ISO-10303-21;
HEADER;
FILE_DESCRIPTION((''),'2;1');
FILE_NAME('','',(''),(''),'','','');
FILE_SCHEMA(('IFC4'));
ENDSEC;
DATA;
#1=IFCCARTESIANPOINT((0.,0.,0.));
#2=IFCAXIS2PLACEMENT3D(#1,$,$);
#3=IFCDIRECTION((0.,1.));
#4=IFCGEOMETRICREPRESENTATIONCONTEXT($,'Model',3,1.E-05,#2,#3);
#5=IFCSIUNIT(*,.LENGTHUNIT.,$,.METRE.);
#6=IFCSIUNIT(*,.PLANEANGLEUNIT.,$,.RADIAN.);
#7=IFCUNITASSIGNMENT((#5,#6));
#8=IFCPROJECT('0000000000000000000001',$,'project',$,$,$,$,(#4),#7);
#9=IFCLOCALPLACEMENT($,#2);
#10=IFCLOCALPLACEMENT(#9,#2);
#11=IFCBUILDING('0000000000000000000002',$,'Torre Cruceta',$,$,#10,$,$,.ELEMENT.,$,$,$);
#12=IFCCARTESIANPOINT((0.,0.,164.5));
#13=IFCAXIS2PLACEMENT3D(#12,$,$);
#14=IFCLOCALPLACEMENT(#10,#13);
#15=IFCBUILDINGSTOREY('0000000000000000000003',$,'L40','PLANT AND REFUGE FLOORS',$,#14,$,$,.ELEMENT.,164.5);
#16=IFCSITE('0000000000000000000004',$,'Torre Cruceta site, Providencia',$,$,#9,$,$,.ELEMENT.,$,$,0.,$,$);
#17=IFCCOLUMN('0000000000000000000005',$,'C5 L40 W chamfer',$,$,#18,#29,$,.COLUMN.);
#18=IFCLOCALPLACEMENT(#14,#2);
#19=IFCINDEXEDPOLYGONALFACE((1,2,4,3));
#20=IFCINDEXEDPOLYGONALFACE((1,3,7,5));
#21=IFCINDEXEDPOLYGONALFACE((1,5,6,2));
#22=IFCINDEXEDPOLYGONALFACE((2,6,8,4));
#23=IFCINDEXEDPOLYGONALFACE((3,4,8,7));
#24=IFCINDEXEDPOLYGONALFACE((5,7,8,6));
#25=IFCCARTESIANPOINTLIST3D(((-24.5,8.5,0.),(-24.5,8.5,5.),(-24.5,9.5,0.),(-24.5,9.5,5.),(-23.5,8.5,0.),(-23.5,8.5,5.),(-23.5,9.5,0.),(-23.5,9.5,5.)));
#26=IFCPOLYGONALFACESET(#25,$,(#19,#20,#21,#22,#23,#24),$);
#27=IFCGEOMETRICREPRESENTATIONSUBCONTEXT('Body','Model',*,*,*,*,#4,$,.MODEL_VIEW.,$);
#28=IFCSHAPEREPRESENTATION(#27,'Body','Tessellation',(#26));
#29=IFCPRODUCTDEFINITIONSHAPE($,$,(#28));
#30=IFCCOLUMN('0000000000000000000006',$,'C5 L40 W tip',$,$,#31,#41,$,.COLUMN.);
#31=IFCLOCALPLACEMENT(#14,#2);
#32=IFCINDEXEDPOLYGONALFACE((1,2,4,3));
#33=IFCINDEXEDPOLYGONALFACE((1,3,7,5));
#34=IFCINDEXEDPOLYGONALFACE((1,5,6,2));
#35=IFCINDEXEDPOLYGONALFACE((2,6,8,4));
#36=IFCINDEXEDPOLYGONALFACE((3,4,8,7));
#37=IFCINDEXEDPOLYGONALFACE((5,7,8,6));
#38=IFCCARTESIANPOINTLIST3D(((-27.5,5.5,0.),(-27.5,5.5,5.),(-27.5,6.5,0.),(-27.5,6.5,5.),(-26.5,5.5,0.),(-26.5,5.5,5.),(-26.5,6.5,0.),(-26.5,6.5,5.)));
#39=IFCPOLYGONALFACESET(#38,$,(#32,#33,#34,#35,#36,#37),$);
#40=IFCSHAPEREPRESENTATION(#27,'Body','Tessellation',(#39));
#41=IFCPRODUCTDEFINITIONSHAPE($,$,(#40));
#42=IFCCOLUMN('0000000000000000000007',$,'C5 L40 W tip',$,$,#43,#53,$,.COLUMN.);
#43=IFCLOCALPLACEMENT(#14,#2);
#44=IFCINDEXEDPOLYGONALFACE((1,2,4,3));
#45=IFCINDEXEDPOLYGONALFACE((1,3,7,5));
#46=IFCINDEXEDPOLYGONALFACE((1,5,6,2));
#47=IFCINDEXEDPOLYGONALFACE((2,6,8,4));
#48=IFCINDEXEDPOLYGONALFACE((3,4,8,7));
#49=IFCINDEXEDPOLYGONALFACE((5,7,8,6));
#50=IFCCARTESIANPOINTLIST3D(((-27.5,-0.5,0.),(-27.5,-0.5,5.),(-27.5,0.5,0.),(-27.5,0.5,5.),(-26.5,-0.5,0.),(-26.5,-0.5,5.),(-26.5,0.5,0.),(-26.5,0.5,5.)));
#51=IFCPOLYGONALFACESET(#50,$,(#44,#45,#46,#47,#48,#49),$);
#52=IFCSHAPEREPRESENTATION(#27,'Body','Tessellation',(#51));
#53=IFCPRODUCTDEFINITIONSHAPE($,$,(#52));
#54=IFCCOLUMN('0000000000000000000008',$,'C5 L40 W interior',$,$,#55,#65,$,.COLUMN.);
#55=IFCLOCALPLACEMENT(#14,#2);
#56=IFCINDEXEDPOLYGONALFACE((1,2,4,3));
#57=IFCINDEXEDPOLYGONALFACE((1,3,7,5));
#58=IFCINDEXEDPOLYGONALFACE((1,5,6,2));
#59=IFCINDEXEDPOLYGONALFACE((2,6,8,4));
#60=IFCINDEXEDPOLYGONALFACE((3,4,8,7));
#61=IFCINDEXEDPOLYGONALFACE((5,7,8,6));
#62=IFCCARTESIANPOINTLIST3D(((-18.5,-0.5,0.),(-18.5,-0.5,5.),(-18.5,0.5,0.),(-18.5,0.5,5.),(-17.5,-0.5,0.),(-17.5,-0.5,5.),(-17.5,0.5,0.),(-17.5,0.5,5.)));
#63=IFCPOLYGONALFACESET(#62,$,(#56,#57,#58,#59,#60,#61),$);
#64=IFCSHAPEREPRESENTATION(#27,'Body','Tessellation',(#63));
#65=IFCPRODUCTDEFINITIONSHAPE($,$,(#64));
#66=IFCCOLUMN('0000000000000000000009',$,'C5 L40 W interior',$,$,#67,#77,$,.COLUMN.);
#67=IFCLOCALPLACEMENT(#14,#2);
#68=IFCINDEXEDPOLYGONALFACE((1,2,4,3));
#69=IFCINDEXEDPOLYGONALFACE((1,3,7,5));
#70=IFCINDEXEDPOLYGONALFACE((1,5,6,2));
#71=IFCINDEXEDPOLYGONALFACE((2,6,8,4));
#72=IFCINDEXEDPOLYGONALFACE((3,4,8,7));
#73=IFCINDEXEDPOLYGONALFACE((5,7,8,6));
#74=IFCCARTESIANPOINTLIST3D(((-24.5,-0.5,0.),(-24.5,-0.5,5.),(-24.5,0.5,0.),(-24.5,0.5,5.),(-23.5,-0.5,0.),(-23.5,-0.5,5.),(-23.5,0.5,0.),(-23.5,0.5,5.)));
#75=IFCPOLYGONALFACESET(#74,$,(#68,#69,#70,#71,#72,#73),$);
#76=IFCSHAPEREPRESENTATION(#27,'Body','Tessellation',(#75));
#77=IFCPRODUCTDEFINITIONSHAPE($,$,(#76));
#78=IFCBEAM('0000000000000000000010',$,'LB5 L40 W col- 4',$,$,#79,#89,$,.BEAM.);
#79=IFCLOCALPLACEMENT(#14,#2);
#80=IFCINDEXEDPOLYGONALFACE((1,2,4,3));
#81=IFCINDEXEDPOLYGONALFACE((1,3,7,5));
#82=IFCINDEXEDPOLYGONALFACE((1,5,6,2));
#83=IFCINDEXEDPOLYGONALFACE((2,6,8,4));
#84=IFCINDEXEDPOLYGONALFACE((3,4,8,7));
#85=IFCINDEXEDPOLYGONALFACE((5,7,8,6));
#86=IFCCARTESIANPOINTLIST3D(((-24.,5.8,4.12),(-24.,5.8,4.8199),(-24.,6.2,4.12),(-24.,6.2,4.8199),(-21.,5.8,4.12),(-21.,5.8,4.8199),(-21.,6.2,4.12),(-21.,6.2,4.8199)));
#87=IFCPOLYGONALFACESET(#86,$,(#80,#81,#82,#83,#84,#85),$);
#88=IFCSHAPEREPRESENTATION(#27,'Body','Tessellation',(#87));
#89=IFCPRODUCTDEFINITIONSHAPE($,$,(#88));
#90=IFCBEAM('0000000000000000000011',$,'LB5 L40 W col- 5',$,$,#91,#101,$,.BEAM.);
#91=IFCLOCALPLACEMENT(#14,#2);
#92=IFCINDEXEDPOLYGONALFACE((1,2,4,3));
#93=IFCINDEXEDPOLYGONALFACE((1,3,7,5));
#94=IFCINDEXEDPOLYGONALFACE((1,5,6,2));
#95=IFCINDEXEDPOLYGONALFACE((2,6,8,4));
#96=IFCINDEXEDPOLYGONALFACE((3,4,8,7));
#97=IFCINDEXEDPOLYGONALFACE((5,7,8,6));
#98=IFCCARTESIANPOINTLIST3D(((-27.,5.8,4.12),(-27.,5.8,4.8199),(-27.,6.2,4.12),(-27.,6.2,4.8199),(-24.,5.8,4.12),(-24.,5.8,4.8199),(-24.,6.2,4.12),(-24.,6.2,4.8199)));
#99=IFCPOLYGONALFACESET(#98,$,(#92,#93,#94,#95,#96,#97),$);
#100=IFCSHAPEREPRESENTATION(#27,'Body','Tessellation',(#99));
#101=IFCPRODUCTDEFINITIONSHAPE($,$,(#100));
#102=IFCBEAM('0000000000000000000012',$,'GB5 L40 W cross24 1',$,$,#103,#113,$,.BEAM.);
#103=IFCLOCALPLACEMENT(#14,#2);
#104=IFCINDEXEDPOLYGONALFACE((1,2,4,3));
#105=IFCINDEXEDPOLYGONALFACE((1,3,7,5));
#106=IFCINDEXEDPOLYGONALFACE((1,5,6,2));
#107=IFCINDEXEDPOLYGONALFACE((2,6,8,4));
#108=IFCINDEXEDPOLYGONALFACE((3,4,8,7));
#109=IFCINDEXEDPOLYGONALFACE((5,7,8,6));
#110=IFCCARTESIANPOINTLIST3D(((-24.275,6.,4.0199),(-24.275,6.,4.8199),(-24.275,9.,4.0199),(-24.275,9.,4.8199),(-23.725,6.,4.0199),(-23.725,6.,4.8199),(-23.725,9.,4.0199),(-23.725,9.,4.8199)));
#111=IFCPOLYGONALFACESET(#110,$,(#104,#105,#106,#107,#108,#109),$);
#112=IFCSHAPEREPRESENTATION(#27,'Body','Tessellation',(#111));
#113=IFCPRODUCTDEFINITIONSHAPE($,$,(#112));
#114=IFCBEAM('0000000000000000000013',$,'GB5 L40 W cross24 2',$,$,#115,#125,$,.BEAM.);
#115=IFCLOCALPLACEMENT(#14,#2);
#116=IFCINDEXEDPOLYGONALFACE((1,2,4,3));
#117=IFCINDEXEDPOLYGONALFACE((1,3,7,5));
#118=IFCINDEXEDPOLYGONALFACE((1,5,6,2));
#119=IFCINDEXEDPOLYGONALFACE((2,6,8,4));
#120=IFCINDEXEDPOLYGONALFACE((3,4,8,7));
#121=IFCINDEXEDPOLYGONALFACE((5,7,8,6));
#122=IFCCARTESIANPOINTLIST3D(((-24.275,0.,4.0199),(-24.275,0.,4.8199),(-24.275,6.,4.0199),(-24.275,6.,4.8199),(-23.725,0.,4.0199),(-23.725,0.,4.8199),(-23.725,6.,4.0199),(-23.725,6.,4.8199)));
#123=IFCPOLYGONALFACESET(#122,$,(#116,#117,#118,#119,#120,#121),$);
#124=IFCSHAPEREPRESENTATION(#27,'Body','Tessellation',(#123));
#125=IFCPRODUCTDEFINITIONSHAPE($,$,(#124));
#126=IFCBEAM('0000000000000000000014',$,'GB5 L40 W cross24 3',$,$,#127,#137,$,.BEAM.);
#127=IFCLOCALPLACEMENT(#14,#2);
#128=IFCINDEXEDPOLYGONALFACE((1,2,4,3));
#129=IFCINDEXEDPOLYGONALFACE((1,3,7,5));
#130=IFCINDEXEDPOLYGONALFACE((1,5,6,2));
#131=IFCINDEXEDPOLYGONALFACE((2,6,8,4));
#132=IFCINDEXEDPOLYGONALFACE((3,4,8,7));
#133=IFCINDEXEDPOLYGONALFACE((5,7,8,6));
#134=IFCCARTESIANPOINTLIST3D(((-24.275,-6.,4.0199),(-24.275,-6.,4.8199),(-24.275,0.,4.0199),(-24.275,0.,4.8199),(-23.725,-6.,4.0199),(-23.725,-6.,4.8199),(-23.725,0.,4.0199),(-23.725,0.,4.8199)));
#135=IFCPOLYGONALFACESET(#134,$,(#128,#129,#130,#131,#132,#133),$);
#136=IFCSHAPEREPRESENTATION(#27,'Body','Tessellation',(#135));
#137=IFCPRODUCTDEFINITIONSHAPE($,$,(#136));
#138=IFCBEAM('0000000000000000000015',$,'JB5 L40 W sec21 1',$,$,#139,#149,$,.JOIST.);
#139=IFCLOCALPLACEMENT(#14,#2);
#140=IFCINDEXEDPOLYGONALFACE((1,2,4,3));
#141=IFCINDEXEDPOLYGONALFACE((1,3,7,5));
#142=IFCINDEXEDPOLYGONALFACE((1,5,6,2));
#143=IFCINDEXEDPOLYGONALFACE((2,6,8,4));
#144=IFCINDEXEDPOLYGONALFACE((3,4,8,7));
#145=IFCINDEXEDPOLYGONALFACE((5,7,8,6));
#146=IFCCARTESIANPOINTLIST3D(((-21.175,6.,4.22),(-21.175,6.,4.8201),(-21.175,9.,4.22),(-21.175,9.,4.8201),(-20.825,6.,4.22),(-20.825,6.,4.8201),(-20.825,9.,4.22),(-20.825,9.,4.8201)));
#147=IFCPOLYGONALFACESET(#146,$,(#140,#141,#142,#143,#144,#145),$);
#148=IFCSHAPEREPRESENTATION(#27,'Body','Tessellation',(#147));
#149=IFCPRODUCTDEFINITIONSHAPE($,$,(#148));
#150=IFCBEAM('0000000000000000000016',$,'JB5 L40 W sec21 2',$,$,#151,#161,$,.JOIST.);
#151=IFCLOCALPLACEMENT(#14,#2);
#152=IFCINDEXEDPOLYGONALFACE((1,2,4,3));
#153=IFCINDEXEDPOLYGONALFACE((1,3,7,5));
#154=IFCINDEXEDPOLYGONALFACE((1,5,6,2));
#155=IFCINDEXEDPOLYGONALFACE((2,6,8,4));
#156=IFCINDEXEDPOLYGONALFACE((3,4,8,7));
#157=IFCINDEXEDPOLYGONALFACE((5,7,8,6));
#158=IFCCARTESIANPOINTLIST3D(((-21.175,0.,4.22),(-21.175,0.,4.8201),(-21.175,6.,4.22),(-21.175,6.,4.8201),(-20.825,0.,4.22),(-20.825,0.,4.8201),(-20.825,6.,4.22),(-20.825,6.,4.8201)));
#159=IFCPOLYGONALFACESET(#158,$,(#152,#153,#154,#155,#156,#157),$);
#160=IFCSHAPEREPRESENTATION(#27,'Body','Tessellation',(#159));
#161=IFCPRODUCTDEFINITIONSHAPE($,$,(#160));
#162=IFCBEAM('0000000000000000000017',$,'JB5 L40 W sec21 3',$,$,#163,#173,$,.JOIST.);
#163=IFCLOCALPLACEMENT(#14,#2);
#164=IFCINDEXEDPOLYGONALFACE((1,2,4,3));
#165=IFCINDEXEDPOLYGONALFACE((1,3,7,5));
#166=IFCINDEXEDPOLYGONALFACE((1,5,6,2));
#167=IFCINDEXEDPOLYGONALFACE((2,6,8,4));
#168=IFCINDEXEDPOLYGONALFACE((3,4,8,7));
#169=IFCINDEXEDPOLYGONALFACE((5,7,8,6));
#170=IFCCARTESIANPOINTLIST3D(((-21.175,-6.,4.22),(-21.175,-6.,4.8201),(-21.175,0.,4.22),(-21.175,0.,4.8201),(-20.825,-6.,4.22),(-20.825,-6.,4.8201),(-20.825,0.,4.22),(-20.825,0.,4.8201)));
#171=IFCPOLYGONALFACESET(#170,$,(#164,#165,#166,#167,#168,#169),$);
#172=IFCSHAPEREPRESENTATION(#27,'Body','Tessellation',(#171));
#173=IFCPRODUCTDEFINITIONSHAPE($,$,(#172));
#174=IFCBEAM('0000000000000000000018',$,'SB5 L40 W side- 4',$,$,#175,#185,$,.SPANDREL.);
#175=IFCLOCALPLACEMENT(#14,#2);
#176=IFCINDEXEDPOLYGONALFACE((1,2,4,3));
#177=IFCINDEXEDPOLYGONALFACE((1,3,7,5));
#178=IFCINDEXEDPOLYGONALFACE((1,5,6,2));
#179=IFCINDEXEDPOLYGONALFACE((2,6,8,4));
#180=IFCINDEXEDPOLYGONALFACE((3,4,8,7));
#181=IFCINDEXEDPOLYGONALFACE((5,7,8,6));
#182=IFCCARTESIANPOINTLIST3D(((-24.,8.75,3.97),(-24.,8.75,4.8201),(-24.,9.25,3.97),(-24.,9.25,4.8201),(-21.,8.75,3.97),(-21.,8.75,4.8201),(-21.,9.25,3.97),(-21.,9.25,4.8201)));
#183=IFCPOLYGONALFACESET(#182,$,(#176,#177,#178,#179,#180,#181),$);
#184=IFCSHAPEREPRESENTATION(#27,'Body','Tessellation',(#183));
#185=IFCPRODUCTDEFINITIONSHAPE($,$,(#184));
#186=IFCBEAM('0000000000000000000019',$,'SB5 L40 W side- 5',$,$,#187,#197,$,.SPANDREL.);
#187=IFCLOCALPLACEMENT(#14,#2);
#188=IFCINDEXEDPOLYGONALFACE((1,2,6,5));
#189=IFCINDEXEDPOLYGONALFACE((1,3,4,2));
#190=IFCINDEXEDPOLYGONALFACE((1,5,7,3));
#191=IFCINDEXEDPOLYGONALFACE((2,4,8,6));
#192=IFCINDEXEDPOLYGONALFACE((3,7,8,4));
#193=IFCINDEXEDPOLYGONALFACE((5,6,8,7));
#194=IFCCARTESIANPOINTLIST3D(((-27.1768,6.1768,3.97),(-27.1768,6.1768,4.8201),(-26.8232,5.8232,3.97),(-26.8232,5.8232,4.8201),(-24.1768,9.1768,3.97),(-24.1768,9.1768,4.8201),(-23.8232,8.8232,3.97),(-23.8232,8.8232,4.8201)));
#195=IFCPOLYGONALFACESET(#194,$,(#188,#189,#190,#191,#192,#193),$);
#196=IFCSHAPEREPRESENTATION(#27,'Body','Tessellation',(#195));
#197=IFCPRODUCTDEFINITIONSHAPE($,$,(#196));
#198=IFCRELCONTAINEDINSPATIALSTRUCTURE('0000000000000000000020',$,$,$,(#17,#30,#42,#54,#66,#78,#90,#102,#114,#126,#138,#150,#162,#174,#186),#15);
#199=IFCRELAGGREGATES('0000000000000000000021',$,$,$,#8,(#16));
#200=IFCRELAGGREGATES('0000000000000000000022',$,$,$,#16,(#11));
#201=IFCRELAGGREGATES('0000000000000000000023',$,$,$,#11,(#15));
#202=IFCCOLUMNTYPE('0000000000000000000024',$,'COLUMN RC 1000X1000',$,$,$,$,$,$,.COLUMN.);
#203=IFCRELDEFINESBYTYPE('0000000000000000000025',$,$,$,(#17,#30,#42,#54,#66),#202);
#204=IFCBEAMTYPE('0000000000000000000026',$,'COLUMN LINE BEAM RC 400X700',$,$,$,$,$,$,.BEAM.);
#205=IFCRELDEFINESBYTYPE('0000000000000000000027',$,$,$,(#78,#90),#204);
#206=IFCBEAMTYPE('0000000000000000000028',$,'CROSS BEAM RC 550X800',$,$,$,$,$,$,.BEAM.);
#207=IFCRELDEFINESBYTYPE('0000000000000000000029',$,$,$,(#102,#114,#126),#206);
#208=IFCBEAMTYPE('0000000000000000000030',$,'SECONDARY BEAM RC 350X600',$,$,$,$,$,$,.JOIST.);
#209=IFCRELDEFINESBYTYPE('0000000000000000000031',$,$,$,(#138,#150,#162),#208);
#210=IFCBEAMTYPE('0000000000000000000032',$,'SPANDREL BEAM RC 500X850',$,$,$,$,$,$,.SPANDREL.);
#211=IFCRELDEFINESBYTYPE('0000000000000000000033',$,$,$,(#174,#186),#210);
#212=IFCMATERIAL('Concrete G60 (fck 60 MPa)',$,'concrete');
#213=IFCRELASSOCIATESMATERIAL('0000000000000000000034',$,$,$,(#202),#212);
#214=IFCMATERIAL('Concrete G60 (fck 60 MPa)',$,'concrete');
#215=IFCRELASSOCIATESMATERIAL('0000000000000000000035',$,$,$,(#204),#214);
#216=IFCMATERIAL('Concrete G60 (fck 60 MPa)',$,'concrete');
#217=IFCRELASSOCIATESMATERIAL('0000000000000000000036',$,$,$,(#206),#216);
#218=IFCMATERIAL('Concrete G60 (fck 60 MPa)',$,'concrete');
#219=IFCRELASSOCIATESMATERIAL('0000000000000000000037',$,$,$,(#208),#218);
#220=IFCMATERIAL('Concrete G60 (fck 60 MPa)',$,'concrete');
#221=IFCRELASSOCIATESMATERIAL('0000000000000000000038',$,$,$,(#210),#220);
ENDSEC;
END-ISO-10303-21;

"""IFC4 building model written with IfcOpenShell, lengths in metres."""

from ifc_helpers import new_model, si_unit, direction, frame, origin, origin_2d, place, context, subcontext, project, spatial, rectangle, extrude, material, material_profile, profile_set, type_object, element, save


model = new_model("IFC4")

# Units and contexts
model_context = context("Model", 3, precision=1e-05, world=origin(), true_north=direction((0.0, 1.0)))
body_context = subcontext(model_context, "Body", "Model", "MODEL_VIEW")
ifc_project = project(units=[si_unit("LENGTHUNIT", "METRE"), si_unit("PLANEANGLEUNIT", "RADIAN")], contexts=[model_context])

# Site, building, storey
site_placement = place(None, origin())
site = spatial("IfcSite", under=ifc_project, at=site_placement, Name="Torre Cruceta site, Providencia", CompositionType="ELEMENT", RefElevation=0.0)
building_placement = place(site_placement, origin())
building = spatial("IfcBuilding", under=site, at=building_placement, Name="Torre Cruceta", CompositionType="ELEMENT")
storey_placement = place(building_placement, frame((0.0, 0.0, 164.5)))
storey = spatial("IfcBuildingStorey", under=building, at=storey_placement, Name="L40", Description="PLANT AND REFUGE FLOORS", CompositionType="ELEMENT", Elevation=164.5)

# Columns
ifc_material_1 = material(Name="Concrete G60 (fck 60 MPa)", Category="concrete")
ifc_material_profile_1 = material_profile(ifc_material_1, rectangle(XDim=1.0, YDim=1.0, at=origin_2d()), Name="RC 1000X1000")
ifc_profile_set_1 = profile_set([ifc_material_profile_1], Name="Concrete G60 (fck 60 MPa)")
column_type = type_object("IfcColumnType", Name="COLUMN RC 1000X1000", PredefinedType="COLUMN", material=ifc_profile_set_1)
for number, where, z_axis, x_axis, name in (
    (1, (-24.0, 9.0, 0.0), (0.0, 0.0, 1.0), (1.0, 0.0, 0.0), "C5 L40 W chamfer"),
    (2, (-27.0, 6.0, 0.0), (0.0, 0.0, 1.0), (1.0, 0.0, 0.0), "C5 L40 W tip"),
    (3, (-27.0, 0.0, 0.0), (0.0, 0.0, 1.0), (1.0, 0.0, 0.0), "C5 L40 W tip"),
    (4, (-18.0, 0.0, 0.0), (0.0, 0.0, 1.0), (1.0, 0.0, 0.0), "C5 L40 W interior"),
    (5, (-24.0, 0.0, 0.0), (0.0, 0.0, 1.0), (1.0, 0.0, 0.0), "C5 L40 W interior"),
):
    element("IfcColumn", number, at=place(storey_placement, frame(where, z_axis=z_axis, x_axis=x_axis)), inside=storey, type_object=column_type, Name=name, PredefinedType="COLUMN", context=body_context, shape_type="SweptSolid", body=[
        extrude(rectangle(XDim=1.0, YDim=1.0, at=origin_2d()), origin(), (0.0, 0.0, 1.0), 5.0),
    ])

# Beams
ifc_material_2 = material(Name="Concrete G60 (fck 60 MPa)", Category="concrete")
ifc_material_profile_2 = material_profile(ifc_material_2, rectangle(XDim=0.3999, YDim=0.7, at=origin_2d()), Name="RC 400X700")
ifc_profile_set_2 = profile_set([ifc_material_profile_2], Name="Concrete G60 (fck 60 MPa)")
beam_type_1 = type_object("IfcBeamType", Name="COLUMN LINE BEAM RC 400X700", PredefinedType="BEAM", material=ifc_profile_set_2)
for number, where, z_axis, x_axis, name in (
    (6, (-21.0, 6.0, 4.47), (-1.0, 0.0, 0.0), (0.0, -1.0, 0.0), "LB5 L40 W col- 4"),
    (7, (-24.0, 6.0, 4.47), (-1.0, 0.0, 0.0), (0.0, -1.0, 0.0), "LB5 L40 W col- 5"),
):
    element("IfcBeam", number, at=place(storey_placement, frame(where, z_axis=z_axis, x_axis=x_axis)), inside=storey, type_object=beam_type_1, Name=name, PredefinedType="BEAM", context=body_context, shape_type="SweptSolid", body=[
        extrude(rectangle(XDim=0.3999, YDim=0.7, at=origin_2d()), origin(), (0.0, 0.0, 1.0), 3.0),
    ])
ifc_material_3 = material(Name="Concrete G60 (fck 60 MPa)", Category="concrete")
ifc_material_profile_3 = material_profile(ifc_material_3, rectangle(XDim=0.55, YDim=0.8, at=origin_2d()), Name="RC 550X800")
ifc_profile_set_3 = profile_set([ifc_material_profile_3], Name="Concrete G60 (fck 60 MPa)")
beam_type_2 = type_object("IfcBeamType", Name="CROSS BEAM RC 550X800", PredefinedType="BEAM", material=ifc_profile_set_3)
beam_1_placement = place(storey_placement, frame((-24.0, 9.0, 4.4199), z_axis=(0.0, -1.0, 0.0), x_axis=(1.0, 0.0, 0.0)))
element("IfcBeam", 8, at=beam_1_placement, inside=storey, type_object=beam_type_2, Name="GB5 L40 W cross24 1", PredefinedType="BEAM", context=body_context, shape_type="SweptSolid", body=[
    extrude(rectangle(XDim=0.55, YDim=0.8, at=origin_2d()), origin(), (0.0, 0.0, 1.0), 3.0),
])
for number, where, z_axis, x_axis, name in (
    (9, (-24.0, 6.0, 4.4199), (0.0, -1.0, 0.0), (1.0, 0.0, 0.0), "GB5 L40 W cross24 2"),
    (10, (-24.0, 0.0, 4.4199), (0.0, -1.0, 0.0), (1.0, 0.0, 0.0), "GB5 L40 W cross24 3"),
):
    element("IfcBeam", number, at=place(storey_placement, frame(where, z_axis=z_axis, x_axis=x_axis)), inside=storey, type_object=beam_type_2, Name=name, PredefinedType="BEAM", context=body_context, shape_type="SweptSolid", body=[
        extrude(rectangle(XDim=0.55, YDim=0.8, at=origin_2d()), origin(), (0.0, 0.0, 1.0), 6.0),
    ])
ifc_material_4 = material(Name="Concrete G60 (fck 60 MPa)", Category="concrete")
ifc_material_profile_4 = material_profile(ifc_material_4, rectangle(XDim=0.3501, YDim=0.6001, at=origin_2d()), Name="RC 350X600")
ifc_profile_set_4 = profile_set([ifc_material_profile_4], Name="Concrete G60 (fck 60 MPa)")
beam_type_3 = type_object("IfcBeamType", Name="SECONDARY BEAM RC 350X600", PredefinedType="JOIST", material=ifc_profile_set_4)
beam_2_placement = place(storey_placement, frame((-21.0, 9.0, 4.52), z_axis=(0.0, -1.0, 0.0), x_axis=(1.0, 0.0, 0.0)))
element("IfcBeam", 11, at=beam_2_placement, inside=storey, type_object=beam_type_3, Name="JB5 L40 W sec21 1", PredefinedType="JOIST", context=body_context, shape_type="SweptSolid", body=[
    extrude(rectangle(XDim=0.3501, YDim=0.6001, at=origin_2d()), origin(), (0.0, 0.0, 1.0), 3.0),
])
for number, where, z_axis, x_axis, name in (
    (12, (-21.0, 6.0, 4.52), (0.0, -1.0, 0.0), (1.0, 0.0, 0.0), "JB5 L40 W sec21 2"),
    (13, (-21.0, 0.0, 4.52), (0.0, -1.0, 0.0), (1.0, 0.0, 0.0), "JB5 L40 W sec21 3"),
):
    element("IfcBeam", number, at=place(storey_placement, frame(where, z_axis=z_axis, x_axis=x_axis)), inside=storey, type_object=beam_type_3, Name=name, PredefinedType="JOIST", context=body_context, shape_type="SweptSolid", body=[
        extrude(rectangle(XDim=0.3501, YDim=0.6001, at=origin_2d()), origin(), (0.0, 0.0, 1.0), 6.0),
    ])
ifc_material_5 = material(Name="Concrete G60 (fck 60 MPa)", Category="concrete")
ifc_material_profile_5 = material_profile(ifc_material_5, rectangle(XDim=0.5, YDim=0.8501, at=origin_2d()), Name="RC 500X850")
ifc_profile_set_5 = profile_set([ifc_material_profile_5], Name="Concrete G60 (fck 60 MPa)")
beam_type_4 = type_object("IfcBeamType", Name="SPANDREL BEAM RC 500X850", PredefinedType="SPANDREL", material=ifc_profile_set_5)
beam_3_placement = place(storey_placement, frame((-21.0, 9.0, 4.395), z_axis=(-1.0, 0.0, 0.0), x_axis=(0.0, -1.0, 0.0)))
element("IfcBeam", 14, at=beam_3_placement, inside=storey, type_object=beam_type_4, Name="SB5 L40 W side- 4", PredefinedType="SPANDREL", context=body_context, shape_type="SweptSolid", body=[
    extrude(rectangle(XDim=0.5, YDim=0.8501, at=origin_2d()), origin(), (0.0, 0.0, 1.0), 3.0),
])
beam_4_placement = place(storey_placement, frame((-24.0, 9.0, 4.395), z_axis=(-0.707107, -0.707107, 0.0), x_axis=(0.707107, -0.707107, 0.0)))
element("IfcBeam", 15, at=beam_4_placement, inside=storey, type_object=beam_type_4, Name="SB5 L40 W side- 5", PredefinedType="SPANDREL", context=body_context, shape_type="SweptSolid", body=[
    extrude(rectangle(XDim=0.5, YDim=0.8501, at=origin_2d()), origin(), (0.0, 0.0, 1.0), 4.2427),
])

save(model, "model.ifc")
